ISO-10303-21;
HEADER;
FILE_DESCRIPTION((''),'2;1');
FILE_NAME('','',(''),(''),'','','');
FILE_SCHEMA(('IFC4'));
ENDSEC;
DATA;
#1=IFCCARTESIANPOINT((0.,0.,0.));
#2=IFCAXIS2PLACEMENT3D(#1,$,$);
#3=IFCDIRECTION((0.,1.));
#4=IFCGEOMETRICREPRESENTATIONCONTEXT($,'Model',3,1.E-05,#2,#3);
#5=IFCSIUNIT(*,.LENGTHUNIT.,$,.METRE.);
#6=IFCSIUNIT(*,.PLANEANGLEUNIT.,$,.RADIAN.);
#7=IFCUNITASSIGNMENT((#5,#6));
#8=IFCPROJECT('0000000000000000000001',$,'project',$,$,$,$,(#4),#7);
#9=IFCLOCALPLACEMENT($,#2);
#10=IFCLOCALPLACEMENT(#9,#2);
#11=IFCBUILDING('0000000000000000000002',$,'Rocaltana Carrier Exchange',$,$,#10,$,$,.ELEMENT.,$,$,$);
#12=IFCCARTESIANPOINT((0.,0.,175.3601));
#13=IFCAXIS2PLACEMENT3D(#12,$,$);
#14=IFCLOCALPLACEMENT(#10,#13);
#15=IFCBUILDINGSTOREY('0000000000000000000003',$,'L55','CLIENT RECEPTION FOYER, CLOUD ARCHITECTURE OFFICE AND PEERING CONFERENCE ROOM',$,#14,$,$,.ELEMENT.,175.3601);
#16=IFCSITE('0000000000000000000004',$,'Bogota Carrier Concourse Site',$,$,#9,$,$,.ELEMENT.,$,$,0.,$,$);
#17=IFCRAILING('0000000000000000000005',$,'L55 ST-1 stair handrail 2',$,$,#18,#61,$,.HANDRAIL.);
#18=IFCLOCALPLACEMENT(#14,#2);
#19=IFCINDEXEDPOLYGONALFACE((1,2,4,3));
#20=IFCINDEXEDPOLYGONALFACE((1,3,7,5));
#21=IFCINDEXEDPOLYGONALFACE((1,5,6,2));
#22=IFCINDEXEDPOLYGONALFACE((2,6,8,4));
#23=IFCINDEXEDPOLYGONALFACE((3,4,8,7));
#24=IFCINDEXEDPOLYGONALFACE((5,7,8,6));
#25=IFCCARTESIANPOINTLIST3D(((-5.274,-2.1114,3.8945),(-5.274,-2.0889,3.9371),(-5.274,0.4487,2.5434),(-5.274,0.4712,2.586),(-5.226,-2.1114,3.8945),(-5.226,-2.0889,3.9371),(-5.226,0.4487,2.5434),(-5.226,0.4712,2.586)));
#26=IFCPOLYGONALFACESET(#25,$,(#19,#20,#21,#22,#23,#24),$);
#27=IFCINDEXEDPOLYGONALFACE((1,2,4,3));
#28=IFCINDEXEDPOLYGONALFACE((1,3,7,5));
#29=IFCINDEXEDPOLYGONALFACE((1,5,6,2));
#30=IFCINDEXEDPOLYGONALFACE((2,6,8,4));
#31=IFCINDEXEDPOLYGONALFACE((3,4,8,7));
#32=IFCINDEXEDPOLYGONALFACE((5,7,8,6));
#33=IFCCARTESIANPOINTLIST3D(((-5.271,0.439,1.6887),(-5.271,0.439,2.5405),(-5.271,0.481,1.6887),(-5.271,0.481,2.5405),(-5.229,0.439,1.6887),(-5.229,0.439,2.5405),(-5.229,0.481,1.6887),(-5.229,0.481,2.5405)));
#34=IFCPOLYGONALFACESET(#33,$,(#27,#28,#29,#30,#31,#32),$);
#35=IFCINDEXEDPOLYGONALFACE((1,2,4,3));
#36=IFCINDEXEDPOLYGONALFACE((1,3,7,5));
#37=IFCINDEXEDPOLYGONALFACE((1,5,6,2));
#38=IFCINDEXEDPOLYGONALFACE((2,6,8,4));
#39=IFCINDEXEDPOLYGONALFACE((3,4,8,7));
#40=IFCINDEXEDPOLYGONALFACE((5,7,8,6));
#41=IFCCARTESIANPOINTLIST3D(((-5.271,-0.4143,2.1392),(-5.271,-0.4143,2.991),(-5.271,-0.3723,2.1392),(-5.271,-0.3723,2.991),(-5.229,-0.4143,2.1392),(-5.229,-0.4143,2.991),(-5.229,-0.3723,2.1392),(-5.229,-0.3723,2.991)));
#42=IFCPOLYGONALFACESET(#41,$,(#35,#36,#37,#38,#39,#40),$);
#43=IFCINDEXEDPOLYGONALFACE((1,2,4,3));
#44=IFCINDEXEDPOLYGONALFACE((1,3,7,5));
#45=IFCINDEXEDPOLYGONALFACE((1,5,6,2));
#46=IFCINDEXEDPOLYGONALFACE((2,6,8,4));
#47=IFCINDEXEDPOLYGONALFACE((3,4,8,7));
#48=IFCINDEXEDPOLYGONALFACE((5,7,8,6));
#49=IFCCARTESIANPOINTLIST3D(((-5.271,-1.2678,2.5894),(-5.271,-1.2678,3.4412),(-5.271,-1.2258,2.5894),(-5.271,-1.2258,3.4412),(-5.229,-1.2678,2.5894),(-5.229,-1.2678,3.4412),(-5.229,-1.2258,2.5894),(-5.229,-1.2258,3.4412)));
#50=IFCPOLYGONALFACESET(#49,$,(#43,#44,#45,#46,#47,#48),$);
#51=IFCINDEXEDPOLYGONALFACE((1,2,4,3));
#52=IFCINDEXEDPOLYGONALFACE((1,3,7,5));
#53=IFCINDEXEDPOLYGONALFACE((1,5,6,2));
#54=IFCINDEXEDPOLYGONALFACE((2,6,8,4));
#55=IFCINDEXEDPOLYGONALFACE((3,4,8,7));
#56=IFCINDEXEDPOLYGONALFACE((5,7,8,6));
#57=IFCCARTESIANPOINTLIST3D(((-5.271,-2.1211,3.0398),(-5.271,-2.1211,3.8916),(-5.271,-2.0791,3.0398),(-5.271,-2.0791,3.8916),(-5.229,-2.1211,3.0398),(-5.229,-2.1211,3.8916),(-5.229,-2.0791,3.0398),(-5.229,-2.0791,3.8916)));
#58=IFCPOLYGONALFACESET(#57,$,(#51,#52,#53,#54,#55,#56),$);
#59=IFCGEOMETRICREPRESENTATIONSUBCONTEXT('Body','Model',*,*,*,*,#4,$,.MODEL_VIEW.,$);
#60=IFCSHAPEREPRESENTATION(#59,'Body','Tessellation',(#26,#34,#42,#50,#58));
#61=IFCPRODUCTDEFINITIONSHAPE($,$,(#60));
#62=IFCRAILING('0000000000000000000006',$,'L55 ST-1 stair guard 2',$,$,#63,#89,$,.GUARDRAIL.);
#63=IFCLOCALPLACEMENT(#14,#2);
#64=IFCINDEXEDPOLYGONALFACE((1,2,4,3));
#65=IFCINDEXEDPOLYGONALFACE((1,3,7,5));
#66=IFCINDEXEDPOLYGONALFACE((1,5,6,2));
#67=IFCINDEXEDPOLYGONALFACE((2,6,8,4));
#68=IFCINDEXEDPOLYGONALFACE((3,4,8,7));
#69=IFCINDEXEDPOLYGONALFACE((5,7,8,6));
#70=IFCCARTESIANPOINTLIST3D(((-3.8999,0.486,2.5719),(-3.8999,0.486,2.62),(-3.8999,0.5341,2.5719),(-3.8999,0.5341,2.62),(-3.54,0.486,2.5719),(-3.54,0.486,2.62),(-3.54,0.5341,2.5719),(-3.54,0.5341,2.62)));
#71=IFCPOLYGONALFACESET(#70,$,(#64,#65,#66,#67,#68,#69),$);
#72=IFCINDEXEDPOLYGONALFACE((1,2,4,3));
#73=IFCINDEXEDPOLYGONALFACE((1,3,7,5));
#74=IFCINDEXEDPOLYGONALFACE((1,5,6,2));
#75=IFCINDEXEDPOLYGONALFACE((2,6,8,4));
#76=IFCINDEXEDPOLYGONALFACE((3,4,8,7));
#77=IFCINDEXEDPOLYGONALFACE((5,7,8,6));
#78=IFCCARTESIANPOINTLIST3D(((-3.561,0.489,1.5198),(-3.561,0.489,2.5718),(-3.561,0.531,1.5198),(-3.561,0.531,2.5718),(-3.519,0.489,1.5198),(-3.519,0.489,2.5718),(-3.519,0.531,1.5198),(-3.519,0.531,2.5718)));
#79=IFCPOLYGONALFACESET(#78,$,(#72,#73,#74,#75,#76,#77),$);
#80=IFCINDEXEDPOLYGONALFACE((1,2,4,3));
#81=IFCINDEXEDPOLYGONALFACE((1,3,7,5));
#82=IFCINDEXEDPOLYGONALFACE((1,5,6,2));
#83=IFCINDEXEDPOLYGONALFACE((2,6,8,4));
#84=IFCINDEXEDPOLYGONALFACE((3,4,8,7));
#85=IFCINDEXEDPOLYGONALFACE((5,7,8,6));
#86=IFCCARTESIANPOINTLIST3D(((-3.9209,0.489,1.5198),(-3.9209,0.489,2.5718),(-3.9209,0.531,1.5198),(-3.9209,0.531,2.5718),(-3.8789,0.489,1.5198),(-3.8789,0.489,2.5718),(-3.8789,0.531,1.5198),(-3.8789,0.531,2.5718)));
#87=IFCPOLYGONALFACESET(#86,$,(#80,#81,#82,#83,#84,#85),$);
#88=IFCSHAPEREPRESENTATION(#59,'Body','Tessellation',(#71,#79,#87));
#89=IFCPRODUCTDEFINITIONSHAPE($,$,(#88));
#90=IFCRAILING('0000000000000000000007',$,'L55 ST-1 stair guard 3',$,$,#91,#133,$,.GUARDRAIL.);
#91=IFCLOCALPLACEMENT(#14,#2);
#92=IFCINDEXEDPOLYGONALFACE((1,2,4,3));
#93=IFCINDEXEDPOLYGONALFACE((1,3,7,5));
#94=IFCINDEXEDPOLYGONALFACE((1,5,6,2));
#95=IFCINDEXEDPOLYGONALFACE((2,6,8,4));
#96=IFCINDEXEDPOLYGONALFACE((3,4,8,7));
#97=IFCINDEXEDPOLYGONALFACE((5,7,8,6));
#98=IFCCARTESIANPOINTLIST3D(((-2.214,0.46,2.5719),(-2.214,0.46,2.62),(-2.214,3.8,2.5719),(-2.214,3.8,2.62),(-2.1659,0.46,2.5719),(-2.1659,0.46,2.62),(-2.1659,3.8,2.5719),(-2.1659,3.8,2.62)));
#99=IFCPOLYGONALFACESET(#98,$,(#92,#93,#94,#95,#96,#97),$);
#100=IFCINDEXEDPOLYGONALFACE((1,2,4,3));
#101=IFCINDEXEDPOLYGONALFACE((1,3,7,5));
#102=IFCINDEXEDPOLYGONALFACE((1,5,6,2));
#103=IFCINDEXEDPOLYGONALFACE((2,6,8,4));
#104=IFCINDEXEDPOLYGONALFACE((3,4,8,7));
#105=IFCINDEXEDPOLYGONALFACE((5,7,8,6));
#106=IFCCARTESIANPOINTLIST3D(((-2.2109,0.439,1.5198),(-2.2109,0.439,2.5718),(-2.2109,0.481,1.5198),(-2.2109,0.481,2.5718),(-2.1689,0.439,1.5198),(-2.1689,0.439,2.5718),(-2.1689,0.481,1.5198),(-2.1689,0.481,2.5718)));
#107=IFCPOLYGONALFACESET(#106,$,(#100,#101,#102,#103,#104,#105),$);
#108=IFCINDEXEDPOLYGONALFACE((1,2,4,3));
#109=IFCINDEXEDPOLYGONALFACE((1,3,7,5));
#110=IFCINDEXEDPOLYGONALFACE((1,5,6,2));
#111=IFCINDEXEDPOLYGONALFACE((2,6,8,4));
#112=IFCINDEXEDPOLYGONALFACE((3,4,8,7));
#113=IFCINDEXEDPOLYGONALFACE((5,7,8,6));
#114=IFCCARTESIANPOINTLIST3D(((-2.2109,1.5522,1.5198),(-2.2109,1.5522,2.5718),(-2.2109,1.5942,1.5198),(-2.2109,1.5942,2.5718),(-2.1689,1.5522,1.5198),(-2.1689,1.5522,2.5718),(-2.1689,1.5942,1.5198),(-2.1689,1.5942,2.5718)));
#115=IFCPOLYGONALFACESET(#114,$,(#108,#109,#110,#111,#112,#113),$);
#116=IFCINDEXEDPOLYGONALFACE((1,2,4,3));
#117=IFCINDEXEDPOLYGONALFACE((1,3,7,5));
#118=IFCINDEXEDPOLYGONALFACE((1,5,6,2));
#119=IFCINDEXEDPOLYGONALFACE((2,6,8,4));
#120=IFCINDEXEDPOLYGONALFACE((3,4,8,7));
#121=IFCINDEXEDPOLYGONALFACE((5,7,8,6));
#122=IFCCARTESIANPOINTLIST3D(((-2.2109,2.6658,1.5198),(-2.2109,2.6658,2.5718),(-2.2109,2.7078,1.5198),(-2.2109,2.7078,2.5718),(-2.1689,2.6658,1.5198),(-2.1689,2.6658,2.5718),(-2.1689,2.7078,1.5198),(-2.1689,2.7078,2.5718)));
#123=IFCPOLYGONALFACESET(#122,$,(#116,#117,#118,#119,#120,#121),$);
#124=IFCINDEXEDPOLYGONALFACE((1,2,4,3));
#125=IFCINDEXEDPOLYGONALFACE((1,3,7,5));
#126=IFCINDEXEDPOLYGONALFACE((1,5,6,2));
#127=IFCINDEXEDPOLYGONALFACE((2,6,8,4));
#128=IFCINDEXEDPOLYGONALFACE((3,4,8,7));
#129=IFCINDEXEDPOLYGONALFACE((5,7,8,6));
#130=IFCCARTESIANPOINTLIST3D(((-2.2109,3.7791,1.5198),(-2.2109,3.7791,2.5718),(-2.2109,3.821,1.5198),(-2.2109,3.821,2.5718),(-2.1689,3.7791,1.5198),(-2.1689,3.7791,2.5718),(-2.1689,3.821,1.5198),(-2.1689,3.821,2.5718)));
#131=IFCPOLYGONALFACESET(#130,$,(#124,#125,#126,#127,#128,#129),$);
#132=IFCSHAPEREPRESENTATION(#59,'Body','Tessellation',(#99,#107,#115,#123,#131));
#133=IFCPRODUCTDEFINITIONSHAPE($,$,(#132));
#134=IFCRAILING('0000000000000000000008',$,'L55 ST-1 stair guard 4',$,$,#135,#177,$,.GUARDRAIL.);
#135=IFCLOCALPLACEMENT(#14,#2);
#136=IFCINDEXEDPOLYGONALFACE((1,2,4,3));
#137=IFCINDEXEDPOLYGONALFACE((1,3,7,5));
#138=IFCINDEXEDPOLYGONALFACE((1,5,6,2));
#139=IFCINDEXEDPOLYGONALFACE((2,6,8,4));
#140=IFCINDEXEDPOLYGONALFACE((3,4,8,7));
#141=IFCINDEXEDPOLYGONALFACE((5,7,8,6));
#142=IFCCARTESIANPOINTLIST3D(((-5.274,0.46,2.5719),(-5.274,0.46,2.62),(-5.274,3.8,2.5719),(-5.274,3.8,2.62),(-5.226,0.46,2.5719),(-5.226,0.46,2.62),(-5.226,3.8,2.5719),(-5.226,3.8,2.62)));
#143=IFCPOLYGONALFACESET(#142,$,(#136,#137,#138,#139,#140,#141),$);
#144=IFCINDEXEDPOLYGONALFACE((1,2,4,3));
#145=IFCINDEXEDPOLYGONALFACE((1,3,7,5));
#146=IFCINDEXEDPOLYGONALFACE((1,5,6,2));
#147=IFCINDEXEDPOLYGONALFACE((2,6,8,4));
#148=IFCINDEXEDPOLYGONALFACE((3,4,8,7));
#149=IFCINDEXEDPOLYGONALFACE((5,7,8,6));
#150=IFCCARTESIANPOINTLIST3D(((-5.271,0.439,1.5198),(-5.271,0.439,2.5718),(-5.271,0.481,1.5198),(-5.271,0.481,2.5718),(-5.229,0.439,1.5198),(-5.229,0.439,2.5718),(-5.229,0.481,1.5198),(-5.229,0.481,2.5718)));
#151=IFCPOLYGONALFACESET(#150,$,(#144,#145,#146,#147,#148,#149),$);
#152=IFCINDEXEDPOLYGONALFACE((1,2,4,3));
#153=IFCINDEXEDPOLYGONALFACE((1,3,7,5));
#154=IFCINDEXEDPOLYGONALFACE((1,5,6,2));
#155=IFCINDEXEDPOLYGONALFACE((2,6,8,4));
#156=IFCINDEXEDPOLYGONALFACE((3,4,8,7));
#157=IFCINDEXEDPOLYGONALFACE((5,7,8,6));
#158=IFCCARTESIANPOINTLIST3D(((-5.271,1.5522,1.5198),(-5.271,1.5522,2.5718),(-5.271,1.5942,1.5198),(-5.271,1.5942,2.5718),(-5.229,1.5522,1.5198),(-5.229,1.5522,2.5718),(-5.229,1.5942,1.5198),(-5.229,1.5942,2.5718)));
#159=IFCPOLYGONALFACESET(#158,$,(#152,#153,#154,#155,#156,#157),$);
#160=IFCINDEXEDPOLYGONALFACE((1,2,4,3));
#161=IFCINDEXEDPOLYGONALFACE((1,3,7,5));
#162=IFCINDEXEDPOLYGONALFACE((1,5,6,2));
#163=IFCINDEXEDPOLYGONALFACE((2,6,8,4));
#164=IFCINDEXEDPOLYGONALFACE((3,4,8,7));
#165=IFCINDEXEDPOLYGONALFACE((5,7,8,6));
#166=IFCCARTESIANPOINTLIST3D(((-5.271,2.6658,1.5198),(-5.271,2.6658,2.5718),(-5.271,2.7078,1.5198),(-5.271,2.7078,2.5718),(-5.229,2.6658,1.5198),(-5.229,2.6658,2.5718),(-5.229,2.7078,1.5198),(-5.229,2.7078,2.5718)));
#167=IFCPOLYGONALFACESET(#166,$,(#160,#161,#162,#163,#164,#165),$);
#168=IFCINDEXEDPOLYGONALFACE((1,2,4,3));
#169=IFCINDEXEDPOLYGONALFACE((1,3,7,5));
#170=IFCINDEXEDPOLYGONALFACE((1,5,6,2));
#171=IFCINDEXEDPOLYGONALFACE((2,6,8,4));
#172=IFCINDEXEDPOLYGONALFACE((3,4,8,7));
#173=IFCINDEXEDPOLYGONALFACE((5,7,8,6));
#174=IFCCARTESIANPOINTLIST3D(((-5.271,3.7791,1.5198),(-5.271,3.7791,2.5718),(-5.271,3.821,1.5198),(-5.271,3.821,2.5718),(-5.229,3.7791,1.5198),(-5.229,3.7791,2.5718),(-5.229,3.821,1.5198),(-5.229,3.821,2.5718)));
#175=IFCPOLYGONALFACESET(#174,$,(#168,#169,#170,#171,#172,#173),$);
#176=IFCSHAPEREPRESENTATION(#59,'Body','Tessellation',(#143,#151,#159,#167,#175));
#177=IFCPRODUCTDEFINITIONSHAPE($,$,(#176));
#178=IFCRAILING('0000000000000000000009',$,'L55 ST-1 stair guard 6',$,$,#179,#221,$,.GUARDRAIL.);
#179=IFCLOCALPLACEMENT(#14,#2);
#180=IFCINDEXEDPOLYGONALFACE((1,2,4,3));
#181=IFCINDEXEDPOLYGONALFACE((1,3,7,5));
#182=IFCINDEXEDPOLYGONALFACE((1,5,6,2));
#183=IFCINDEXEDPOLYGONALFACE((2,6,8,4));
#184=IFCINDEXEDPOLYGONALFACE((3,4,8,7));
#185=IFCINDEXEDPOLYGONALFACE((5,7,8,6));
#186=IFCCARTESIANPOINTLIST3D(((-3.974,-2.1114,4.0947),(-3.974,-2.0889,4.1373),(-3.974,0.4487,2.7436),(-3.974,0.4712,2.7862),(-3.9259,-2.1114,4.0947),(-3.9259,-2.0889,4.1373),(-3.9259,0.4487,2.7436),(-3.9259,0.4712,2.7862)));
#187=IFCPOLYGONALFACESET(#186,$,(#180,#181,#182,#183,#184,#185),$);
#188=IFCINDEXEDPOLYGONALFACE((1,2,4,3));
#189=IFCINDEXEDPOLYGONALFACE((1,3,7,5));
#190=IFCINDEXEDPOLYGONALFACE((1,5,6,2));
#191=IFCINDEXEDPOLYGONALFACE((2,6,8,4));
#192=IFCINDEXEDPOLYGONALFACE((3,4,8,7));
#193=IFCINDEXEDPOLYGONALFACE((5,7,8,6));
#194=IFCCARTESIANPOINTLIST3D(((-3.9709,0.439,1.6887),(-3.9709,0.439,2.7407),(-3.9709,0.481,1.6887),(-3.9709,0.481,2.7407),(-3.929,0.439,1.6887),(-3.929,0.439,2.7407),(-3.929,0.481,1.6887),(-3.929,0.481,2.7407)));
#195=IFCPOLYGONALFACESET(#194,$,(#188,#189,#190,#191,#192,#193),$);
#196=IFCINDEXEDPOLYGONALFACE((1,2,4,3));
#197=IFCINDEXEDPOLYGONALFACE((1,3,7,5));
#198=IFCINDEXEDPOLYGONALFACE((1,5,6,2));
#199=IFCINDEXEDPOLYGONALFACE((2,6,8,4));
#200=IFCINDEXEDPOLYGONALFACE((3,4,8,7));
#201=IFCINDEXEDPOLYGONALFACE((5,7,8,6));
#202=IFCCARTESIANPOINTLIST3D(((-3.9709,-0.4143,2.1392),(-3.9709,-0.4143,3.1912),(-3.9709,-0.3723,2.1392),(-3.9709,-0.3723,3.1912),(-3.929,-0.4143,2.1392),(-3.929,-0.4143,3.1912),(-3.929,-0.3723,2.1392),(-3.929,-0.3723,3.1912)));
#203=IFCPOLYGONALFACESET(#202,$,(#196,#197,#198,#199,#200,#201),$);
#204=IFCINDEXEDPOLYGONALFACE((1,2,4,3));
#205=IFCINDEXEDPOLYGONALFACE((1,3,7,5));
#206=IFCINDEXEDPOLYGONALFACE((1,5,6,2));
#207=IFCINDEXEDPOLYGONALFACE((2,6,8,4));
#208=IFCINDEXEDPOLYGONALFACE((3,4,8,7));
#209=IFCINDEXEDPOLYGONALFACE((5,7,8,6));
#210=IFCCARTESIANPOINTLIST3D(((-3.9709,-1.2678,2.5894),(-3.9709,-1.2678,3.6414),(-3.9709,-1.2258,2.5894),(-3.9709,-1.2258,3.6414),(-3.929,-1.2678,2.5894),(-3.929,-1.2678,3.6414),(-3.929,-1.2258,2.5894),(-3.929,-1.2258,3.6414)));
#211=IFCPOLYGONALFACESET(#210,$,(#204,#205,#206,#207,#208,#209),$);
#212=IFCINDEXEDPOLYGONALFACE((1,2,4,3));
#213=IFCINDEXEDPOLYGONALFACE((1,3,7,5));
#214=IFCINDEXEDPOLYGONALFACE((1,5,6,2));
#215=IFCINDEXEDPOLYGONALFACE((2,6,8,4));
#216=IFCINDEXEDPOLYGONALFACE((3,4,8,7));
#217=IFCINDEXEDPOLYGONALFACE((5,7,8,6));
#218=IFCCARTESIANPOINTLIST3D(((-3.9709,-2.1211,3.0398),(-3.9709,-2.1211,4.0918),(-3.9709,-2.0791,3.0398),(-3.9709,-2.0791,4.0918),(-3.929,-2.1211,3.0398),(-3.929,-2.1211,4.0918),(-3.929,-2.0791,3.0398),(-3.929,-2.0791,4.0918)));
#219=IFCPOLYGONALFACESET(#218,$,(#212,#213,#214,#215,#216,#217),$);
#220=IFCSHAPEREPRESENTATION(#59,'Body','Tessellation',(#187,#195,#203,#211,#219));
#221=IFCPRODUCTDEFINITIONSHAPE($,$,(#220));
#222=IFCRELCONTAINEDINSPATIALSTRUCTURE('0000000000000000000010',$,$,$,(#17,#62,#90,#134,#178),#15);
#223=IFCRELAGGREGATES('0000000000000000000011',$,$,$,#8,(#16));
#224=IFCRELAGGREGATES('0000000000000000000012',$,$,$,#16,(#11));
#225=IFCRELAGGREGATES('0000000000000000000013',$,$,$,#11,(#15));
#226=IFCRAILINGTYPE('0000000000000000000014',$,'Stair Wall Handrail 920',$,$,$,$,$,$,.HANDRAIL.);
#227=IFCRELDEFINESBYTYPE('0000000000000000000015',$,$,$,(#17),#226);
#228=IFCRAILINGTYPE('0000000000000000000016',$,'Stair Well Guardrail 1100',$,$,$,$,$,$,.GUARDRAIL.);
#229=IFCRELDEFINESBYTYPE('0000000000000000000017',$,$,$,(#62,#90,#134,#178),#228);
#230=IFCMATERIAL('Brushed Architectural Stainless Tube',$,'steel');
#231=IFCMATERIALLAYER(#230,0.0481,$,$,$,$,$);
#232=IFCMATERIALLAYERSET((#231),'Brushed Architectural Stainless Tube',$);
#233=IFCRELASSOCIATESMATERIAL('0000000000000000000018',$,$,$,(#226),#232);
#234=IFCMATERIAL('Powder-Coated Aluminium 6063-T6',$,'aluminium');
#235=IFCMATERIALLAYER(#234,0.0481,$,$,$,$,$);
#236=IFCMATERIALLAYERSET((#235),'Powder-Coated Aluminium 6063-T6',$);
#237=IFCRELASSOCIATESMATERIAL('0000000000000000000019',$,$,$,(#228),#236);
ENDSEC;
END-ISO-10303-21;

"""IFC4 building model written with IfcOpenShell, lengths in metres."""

from ifc_helpers import new_model, si_unit, direction, frame, origin, origin_2d, place, context, subcontext, project, spatial, rectangle, extrude, material, layer, layer_set, type_object, element, save


model = new_model("IFC4")

# Units and contexts
model_context = context("Model", 3, precision=1e-05, world=origin(), true_north=direction((0.0, 1.0)))
body_context = subcontext(model_context, "Body", "Model", "MODEL_VIEW")
ifc_project = project(units=[si_unit("LENGTHUNIT", "METRE"), si_unit("PLANEANGLEUNIT", "RADIAN")], contexts=[model_context])

# Site, building, storey
site_placement = place(None, origin())
site = spatial("IfcSite", under=ifc_project, at=site_placement, Name="Bogota Carrier Concourse Site", CompositionType="ELEMENT", RefElevation=0.0)
building_placement = place(site_placement, origin())
building = spatial("IfcBuilding", under=site, at=building_placement, Name="Rocaltana Carrier Exchange", CompositionType="ELEMENT")
storey_placement = place(building_placement, frame((0.0, 0.0, 175.3601)))
storey = spatial("IfcBuildingStorey", under=building, at=storey_placement, Name="L55", Description="CLIENT RECEPTION FOYER, CLOUD ARCHITECTURE OFFICE AND PEERING CONFERENCE ROOM", CompositionType="ELEMENT", Elevation=175.3601)

# Railings
ifc_material_1 = material(Name="Brushed Architectural Stainless Tube", Category="steel")
ifc_layer_1 = layer(ifc_material_1, 0.0481)
ifc_layer_set_1 = layer_set([ifc_layer_1], Name="Brushed Architectural Stainless Tube")
railing_type_1 = type_object("IfcRailingType", Name="Stair Wall Handrail 920", PredefinedType="HANDRAIL", material=ifc_layer_set_1)
railing_1_placement = place(storey_placement, frame((-5.25, 0.46, 1.6887)))
element("IfcRailing", 1, at=railing_1_placement, inside=storey, type_object=railing_type_1, Name="L55 ST-1 stair handrail 2", PredefinedType="HANDRAIL", context=body_context, shape_type="SweptSolid", body=[
    extrude(rectangle(XDim=0.0481, YDim=0.0481, at=origin_2d()), frame((0.0, 0.0, 0.876), z_axis=(0.0, -0.884394, 0.46674), x_axis=(1.0, 0.0, 0.0)), (0.0, 0.0, 1.0), 2.8948),
    extrude(rectangle(XDim=0.042, YDim=0.042, at=origin_2d()), origin(), (0.0, 0.0, 1.0), 0.8518),
    extrude(rectangle(XDim=0.042, YDim=0.042, at=origin_2d()), frame((0.0, -0.8533, 0.4504)), (0.0, 0.0, 1.0), 0.8518),
    extrude(rectangle(XDim=0.042, YDim=0.042, at=origin_2d()), frame((0.0, -1.7068, 0.9006)), (0.0, 0.0, 1.0), 0.8518),
    extrude(rectangle(XDim=0.042, YDim=0.042, at=origin_2d()), frame((0.0, -2.5601, 1.3511)), (0.0, 0.0, 1.0), 0.8518),
])
ifc_material_2 = material(Name="Powder-Coated Aluminium 6063-T6", Category="aluminium")
ifc_layer_2 = layer(ifc_material_2, 0.0481)
ifc_layer_set_2 = layer_set([ifc_layer_2], Name="Powder-Coated Aluminium 6063-T6")
railing_type_2 = type_object("IfcRailingType", Name="Stair Well Guardrail 1100", PredefinedType="GUARDRAIL", material=ifc_layer_set_2)
railing_2_placement = place(storey_placement, frame((-3.54, 0.51, 1.5198)))
element("IfcRailing", 2, at=railing_2_placement, inside=storey, type_object=railing_type_2, Name="L55 ST-1 stair guard 2", PredefinedType="GUARDRAIL", context=body_context, shape_type="SweptSolid", body=[
    extrude(rectangle(XDim=0.0481, YDim=0.0481, at=origin_2d()), frame((0.0, 0.0, 1.0762), z_axis=(-1.0, 0.0, 0.0), x_axis=(0.0, -1.0, 0.0)), (0.0, 0.0, 1.0), 0.3599),
    extrude(rectangle(XDim=0.042, YDim=0.042, at=origin_2d()), origin(), (0.0, 0.0, 1.0), 1.052),
    extrude(rectangle(XDim=0.042, YDim=0.042, at=origin_2d()), frame((-0.3599, 0.0, 0.0)), (0.0, 0.0, 1.0), 1.052),
])
for number, where, name in (
    (3, (-2.1899, 0.46, 1.5198), "L55 ST-1 stair guard 3"),
    (4, (-5.25, 0.46, 1.5198), "L55 ST-1 stair guard 4"),
):
    element("IfcRailing", number, at=place(storey_placement, frame(where)), inside=storey, type_object=railing_type_2, Name=name, PredefinedType="GUARDRAIL", context=body_context, shape_type="SweptSolid", body=[
        extrude(rectangle(XDim=0.0481, YDim=0.0481, at=origin_2d()), frame((0.0, 0.0, 1.0762), z_axis=(0.0, 1.0, 0.0), x_axis=(-1.0, 0.0, 0.0)), (0.0, 0.0, 1.0), 3.3401),
        extrude(rectangle(XDim=0.042, YDim=0.042, at=origin_2d()), origin(), (0.0, 0.0, 1.0), 1.052),
        extrude(rectangle(XDim=0.042, YDim=0.042, at=origin_2d()), frame((0.0, 1.1133, 0.0)), (0.0, 0.0, 1.0), 1.052),
        extrude(rectangle(XDim=0.042, YDim=0.042, at=origin_2d()), frame((0.0, 2.2268, 0.0)), (0.0, 0.0, 1.0), 1.052),
        extrude(rectangle(XDim=0.042, YDim=0.042, at=origin_2d()), frame((0.0, 3.3401, 0.0)), (0.0, 0.0, 1.0), 1.052),
    ])
railing_3_placement = place(storey_placement, frame((-3.95, 0.46, 1.6887)))
element("IfcRailing", 5, at=railing_3_placement, inside=storey, type_object=railing_type_2, Name="L55 ST-1 stair guard 6", PredefinedType="GUARDRAIL", context=body_context, shape_type="SweptSolid", body=[
    extrude(rectangle(XDim=0.0481, YDim=0.0481, at=origin_2d()), frame((0.0, 0.0, 1.0762), z_axis=(0.0, -0.884394, 0.46674), x_axis=(1.0, 0.0, 0.0)), (0.0, 0.0, 1.0), 2.8948),
    extrude(rectangle(XDim=0.042, YDim=0.042, at=origin_2d()), origin(), (0.0, 0.0, 1.0), 1.052),
    extrude(rectangle(XDim=0.042, YDim=0.042, at=origin_2d()), frame((0.0, -0.8533, 0.4504)), (0.0, 0.0, 1.0), 1.052),
    extrude(rectangle(XDim=0.042, YDim=0.042, at=origin_2d()), frame((0.0, -1.7068, 0.9006)), (0.0, 0.0, 1.0), 1.052),
    extrude(rectangle(XDim=0.042, YDim=0.042, at=origin_2d()), frame((0.0, -2.5601, 1.3511)), (0.0, 0.0, 1.0), 1.052),
])

save(model, "model.ifc")
